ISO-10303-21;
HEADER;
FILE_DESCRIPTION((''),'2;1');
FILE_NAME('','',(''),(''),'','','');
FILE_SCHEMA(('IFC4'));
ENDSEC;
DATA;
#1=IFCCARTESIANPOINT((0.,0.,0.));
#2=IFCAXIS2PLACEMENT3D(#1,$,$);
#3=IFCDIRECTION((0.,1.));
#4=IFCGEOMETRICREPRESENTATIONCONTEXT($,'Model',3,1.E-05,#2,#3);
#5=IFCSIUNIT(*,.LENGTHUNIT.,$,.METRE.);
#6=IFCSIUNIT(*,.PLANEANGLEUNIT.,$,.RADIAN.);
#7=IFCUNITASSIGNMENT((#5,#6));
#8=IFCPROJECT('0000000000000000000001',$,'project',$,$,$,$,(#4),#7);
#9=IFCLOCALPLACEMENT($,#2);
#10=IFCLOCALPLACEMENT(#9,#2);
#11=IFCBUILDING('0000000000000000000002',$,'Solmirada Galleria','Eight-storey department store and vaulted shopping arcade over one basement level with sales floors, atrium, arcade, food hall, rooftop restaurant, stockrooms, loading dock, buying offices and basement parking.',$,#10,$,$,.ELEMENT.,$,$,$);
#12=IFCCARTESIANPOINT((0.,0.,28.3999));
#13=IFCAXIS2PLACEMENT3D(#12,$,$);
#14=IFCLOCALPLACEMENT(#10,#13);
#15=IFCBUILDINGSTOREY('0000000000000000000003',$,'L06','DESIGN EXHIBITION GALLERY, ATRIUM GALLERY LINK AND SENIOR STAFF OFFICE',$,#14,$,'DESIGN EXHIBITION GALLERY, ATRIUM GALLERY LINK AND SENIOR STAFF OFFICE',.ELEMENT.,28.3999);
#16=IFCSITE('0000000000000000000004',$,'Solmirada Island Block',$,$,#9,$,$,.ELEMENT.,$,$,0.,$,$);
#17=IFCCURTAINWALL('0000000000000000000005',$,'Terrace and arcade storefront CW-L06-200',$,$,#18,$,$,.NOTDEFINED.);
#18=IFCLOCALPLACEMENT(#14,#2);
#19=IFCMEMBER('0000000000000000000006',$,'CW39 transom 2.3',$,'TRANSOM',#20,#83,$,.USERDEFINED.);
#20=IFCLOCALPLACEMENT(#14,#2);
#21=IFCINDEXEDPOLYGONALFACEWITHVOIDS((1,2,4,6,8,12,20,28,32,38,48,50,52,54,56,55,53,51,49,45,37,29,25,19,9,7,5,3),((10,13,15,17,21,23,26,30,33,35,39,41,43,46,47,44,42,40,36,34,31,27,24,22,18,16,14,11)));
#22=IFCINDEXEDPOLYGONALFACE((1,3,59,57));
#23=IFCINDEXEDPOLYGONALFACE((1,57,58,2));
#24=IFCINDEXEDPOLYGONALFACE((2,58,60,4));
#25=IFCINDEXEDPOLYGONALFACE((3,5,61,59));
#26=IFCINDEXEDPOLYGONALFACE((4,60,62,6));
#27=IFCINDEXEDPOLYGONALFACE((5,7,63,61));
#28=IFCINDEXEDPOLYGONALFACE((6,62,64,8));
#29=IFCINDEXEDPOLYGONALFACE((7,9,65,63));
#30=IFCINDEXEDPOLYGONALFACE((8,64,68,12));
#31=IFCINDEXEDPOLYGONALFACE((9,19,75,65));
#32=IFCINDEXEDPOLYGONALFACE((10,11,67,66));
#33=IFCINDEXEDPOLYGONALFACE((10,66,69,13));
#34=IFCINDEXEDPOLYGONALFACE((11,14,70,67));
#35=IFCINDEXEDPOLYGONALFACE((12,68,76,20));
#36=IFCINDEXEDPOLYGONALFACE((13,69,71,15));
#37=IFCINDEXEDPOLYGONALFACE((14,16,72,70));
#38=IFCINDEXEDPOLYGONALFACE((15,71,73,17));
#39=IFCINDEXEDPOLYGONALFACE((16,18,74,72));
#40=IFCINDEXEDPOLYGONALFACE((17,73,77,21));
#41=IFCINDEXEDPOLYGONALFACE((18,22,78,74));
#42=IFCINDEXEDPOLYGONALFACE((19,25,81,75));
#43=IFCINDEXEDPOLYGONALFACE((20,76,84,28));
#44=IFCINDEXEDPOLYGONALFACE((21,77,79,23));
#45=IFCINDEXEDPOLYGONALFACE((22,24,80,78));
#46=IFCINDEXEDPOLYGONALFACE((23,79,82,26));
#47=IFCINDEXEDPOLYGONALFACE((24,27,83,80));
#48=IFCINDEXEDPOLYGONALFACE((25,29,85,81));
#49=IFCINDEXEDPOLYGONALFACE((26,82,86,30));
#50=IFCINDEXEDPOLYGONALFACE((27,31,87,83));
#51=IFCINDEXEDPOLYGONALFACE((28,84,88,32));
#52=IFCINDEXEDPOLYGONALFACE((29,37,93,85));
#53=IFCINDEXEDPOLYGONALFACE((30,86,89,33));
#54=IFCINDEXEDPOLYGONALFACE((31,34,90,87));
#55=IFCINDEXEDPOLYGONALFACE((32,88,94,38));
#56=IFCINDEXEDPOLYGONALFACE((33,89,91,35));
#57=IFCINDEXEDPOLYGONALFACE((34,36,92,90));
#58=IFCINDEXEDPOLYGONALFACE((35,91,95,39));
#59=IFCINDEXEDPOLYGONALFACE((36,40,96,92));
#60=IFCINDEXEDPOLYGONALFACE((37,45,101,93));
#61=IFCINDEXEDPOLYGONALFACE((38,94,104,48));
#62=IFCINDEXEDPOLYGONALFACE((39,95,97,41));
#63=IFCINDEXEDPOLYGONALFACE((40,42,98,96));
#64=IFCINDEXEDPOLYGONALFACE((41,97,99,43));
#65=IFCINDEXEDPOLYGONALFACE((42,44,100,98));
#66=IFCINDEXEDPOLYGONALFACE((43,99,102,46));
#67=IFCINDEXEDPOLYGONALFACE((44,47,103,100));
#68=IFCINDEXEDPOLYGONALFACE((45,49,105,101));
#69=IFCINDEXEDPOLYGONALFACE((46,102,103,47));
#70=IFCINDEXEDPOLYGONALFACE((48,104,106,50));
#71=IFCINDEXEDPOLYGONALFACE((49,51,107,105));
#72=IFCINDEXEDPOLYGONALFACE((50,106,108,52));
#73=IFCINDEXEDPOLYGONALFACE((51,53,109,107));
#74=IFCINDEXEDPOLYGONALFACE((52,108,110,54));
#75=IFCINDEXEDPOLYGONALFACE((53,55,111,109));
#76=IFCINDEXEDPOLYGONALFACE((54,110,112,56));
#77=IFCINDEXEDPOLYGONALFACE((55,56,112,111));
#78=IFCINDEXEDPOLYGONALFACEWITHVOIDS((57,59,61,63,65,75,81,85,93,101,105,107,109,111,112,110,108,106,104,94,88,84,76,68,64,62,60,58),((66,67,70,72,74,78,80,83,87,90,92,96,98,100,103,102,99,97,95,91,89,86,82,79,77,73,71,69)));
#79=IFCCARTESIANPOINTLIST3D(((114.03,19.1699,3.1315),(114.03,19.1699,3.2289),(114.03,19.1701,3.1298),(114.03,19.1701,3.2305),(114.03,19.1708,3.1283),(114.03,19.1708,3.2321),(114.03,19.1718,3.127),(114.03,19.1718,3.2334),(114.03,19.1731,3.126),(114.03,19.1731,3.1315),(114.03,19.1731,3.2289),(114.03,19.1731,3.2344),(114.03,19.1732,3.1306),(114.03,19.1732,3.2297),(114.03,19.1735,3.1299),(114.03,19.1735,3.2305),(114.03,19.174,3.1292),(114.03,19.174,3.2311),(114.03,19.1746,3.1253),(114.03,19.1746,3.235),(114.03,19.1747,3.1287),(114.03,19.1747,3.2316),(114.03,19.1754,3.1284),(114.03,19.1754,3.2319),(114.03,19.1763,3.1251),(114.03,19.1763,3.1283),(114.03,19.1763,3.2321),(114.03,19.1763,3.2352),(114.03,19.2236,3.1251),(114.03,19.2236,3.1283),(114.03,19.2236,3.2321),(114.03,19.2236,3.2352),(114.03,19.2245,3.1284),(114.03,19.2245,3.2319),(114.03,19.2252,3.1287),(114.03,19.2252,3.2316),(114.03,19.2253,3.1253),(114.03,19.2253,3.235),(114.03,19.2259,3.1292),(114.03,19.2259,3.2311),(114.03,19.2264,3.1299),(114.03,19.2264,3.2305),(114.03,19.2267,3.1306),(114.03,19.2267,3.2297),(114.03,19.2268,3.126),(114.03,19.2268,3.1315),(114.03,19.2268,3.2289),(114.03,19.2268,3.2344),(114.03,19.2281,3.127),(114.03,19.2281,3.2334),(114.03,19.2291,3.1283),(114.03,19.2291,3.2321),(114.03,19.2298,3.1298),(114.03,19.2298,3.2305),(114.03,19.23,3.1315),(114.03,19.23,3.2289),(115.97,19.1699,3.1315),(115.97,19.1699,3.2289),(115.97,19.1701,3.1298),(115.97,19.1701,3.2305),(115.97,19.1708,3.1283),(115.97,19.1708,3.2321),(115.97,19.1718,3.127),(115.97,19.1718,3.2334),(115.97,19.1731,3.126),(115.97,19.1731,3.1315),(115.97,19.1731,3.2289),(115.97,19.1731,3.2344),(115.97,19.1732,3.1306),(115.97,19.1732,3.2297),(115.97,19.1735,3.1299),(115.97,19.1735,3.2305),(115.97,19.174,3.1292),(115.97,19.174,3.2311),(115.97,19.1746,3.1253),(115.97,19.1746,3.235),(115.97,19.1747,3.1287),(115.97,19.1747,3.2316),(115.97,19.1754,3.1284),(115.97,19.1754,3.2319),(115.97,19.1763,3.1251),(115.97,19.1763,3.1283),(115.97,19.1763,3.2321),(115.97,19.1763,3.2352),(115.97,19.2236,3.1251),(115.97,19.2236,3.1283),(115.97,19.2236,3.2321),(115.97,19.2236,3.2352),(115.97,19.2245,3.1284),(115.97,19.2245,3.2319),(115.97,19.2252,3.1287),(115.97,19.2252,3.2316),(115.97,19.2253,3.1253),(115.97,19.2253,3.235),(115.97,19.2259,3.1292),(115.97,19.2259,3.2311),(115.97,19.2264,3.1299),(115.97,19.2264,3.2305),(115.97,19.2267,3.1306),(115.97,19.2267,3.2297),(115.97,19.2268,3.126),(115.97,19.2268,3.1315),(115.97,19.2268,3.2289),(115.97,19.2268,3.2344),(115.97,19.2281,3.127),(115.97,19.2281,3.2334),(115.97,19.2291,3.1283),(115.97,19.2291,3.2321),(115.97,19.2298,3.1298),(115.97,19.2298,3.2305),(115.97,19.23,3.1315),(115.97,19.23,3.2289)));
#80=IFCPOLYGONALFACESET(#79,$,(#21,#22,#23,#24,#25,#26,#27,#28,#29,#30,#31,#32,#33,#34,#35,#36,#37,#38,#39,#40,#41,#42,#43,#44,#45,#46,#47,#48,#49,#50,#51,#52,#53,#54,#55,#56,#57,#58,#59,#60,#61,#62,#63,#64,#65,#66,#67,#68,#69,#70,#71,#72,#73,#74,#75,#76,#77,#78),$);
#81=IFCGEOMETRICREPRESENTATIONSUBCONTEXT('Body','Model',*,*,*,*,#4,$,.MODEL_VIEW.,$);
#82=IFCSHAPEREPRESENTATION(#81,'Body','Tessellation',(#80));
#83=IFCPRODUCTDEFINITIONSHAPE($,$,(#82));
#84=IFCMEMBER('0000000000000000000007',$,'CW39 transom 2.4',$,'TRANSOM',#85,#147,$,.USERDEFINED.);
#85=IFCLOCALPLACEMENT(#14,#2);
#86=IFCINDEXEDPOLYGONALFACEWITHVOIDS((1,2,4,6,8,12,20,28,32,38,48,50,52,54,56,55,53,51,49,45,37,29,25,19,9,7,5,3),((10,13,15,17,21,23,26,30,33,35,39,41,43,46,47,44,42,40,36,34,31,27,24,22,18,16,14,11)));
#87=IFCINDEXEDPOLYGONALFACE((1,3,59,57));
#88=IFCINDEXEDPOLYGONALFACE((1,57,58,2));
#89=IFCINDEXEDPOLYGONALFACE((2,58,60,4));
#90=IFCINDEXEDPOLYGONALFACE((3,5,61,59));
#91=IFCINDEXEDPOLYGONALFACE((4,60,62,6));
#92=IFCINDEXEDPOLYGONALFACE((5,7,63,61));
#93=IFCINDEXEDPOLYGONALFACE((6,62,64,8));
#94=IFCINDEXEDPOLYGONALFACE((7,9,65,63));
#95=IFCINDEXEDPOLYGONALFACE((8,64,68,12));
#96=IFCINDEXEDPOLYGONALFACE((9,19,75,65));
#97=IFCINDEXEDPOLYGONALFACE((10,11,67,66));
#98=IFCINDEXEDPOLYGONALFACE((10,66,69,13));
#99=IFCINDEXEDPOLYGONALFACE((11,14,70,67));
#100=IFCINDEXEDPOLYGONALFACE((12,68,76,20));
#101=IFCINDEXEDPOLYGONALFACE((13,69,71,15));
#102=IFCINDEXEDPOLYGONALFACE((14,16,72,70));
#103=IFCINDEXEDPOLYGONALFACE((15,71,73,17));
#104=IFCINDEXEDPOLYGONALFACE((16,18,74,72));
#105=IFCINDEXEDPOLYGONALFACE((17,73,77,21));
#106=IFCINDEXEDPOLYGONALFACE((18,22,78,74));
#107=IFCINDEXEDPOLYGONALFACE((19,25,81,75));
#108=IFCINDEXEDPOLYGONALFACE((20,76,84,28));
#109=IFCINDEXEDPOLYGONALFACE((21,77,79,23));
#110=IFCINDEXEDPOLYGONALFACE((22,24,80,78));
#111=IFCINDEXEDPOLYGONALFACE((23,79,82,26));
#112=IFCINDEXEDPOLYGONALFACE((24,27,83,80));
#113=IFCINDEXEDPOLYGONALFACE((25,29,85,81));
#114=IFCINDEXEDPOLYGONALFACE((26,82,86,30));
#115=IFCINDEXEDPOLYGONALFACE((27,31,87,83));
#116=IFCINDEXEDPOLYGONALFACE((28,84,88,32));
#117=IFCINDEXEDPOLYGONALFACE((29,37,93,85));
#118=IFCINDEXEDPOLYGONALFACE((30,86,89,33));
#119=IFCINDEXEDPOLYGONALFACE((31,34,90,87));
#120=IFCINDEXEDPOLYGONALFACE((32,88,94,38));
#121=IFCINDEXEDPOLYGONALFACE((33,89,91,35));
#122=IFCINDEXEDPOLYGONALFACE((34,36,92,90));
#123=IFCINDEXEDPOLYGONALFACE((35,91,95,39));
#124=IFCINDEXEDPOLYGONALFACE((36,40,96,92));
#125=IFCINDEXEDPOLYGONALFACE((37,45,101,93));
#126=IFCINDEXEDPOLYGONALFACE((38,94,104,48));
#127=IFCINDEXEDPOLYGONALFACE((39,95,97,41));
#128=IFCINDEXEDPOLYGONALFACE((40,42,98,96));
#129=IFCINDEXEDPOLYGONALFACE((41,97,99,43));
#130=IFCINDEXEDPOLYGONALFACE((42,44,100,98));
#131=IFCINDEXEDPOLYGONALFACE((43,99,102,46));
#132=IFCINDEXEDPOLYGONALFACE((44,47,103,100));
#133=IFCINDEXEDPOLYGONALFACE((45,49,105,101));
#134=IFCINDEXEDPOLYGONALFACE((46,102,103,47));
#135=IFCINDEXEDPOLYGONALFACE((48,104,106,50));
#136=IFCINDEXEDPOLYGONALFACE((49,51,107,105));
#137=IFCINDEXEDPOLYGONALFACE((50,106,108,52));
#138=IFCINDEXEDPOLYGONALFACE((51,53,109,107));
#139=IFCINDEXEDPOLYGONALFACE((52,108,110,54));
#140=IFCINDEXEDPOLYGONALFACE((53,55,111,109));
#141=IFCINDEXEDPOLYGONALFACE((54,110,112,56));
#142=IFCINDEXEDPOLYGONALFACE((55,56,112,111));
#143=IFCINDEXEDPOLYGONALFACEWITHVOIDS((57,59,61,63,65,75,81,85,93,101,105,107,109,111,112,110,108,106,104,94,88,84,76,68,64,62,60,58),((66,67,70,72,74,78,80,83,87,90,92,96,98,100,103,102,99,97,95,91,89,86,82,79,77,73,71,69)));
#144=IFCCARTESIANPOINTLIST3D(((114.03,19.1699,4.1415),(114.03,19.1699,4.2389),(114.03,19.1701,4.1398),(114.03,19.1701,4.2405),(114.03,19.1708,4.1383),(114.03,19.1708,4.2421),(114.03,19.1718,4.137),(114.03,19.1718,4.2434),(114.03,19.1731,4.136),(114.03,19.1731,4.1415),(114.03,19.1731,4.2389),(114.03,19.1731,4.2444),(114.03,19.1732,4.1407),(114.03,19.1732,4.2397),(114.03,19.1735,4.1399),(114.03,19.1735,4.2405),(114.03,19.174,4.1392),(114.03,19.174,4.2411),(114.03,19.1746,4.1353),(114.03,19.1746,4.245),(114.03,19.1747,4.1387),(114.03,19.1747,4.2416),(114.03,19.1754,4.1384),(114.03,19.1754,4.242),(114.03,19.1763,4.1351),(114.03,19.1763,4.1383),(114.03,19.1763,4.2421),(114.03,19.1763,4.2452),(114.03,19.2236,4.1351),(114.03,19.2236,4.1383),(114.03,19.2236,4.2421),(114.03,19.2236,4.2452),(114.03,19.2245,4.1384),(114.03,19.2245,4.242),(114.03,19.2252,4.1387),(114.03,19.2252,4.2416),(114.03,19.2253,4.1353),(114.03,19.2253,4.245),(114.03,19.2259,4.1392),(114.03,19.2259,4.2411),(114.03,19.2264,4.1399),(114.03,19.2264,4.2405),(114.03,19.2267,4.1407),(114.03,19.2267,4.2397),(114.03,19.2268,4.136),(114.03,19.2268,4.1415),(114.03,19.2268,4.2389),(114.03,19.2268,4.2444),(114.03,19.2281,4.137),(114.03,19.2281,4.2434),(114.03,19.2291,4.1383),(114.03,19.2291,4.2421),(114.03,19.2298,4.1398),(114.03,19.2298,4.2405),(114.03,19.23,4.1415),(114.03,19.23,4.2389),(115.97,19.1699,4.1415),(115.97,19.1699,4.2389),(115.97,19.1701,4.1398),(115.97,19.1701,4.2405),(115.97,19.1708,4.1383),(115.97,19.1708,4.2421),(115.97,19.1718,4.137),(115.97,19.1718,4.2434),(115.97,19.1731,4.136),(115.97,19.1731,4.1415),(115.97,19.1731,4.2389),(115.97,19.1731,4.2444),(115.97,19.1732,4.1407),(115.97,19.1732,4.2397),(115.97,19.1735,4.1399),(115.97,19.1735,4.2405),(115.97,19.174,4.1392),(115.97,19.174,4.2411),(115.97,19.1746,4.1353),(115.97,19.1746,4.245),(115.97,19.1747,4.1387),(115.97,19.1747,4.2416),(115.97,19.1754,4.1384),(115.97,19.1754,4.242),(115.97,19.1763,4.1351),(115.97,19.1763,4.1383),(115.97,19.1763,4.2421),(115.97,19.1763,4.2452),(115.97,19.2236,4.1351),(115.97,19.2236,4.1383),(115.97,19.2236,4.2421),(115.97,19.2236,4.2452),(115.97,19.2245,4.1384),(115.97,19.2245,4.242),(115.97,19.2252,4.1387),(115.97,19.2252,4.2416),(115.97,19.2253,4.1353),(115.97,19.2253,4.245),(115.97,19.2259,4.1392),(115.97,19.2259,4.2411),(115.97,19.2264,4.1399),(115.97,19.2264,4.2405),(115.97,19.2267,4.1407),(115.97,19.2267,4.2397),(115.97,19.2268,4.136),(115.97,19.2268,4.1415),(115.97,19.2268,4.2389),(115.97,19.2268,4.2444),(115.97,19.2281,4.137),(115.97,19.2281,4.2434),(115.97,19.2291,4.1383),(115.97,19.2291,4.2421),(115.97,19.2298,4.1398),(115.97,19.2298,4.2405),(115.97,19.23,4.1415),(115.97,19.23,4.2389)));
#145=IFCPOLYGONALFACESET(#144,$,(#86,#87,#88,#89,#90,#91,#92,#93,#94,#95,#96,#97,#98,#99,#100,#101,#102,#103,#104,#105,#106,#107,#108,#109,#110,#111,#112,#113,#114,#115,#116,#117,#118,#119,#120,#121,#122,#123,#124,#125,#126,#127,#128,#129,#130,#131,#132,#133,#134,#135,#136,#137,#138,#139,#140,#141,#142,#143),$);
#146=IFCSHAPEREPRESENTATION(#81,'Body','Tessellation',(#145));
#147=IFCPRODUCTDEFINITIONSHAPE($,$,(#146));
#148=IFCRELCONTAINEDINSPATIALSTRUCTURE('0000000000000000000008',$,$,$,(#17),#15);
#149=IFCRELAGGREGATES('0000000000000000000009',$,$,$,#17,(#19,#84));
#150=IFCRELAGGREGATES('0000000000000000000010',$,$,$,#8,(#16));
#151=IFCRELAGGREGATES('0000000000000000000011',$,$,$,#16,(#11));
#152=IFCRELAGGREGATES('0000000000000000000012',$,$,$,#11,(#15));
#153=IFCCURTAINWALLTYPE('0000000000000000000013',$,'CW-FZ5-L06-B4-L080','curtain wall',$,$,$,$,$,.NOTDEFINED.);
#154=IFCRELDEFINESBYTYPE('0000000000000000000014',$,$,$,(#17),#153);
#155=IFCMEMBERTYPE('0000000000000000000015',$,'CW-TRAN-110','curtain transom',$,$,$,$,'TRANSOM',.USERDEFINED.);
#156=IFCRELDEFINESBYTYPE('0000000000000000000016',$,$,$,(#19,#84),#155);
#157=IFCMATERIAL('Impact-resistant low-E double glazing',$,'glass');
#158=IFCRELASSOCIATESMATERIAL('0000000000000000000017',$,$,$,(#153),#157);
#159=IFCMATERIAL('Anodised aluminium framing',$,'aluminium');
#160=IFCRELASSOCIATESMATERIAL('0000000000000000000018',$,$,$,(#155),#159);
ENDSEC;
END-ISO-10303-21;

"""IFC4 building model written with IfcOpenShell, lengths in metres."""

from ifc_helpers import new_model, si_unit, direction, frame, origin, origin_2d, place, context, subcontext, project, spatial, hollow_rectangle, extrude, material, material_profile, profile_set, type_object, element, aggregate, save


model = new_model("IFC4")

# Units and contexts
model_context = context("Model", 3, precision=1e-05, world=origin(), true_north=direction((0.0, 1.0)))
body_context = subcontext(model_context, "Body", "Model", "MODEL_VIEW")
ifc_project = project(units=[si_unit("LENGTHUNIT", "METRE"), si_unit("PLANEANGLEUNIT", "RADIAN")], contexts=[model_context])

# Site, building, storey
site_placement = place(None, origin())
site = spatial("IfcSite", under=ifc_project, at=site_placement, Name="Solmirada Island Block", CompositionType="ELEMENT", RefElevation=0.0)
building_placement = place(site_placement, origin())
building = spatial("IfcBuilding", under=site, at=building_placement, Name="Solmirada Galleria", Description="Eight-storey department store and vaulted shopping arcade over one basement level with sales floors, atrium, arcade, food hall, rooftop restaurant, stockrooms, loading dock, buying offices and basement parking.", CompositionType="ELEMENT")
storey_placement = place(building_placement, frame((0.0, 0.0, 28.3999)))
storey = spatial("IfcBuildingStorey", under=building, at=storey_placement, Name="L06", Description="DESIGN EXHIBITION GALLERY, ATRIUM GALLERY LINK AND SENIOR STAFF OFFICE", LongName="DESIGN EXHIBITION GALLERY, ATRIUM GALLERY LINK AND SENIOR STAFF OFFICE", CompositionType="ELEMENT", Elevation=28.3999)

# Curtain wall, members
ifc_material_1 = material(Name="Impact-resistant low-E double glazing", Category="glass")
curtain_wall_type = type_object("IfcCurtainWallType", Name="CW-FZ5-L06-B4-L080", Description="curtain wall", PredefinedType="NOTDEFINED", material=ifc_material_1)
curtain_wall_placement = place(storey_placement, origin())
curtain_wall = element("IfcCurtainWall", 1, at=curtain_wall_placement, inside=storey, type_object=curtain_wall_type, Name="Terrace and arcade storefront CW-L06-200", PredefinedType="NOTDEFINED")
ifc_material_2 = material(Name="Anodised aluminium framing", Category="aluminium")
ifc_material_profile_1 = material_profile(ifc_material_2, hollow_rectangle(XDim=0.0601, YDim=0.1101, WallThickness=0.0032, InnerFilletRadius=0.0032, OuterFilletRadius=0.0063, at=origin_2d()), Name="ALU-TRAN-110X60")
ifc_profile_set_1 = profile_set([ifc_material_profile_1], Name="Anodised aluminium framing")
member_type_1 = type_object("IfcMemberType", Name="CW-TRAN-110", Description="curtain transom", ElementType="TRANSOM", PredefinedType="USERDEFINED", material=ifc_profile_set_1)
member_1_placement = place(storey_placement, frame((114.03, 19.2, 3.1802), z_axis=(1.0, 0.0, 0.0), x_axis=(0.0, 1.0, 0.0)))
member_1 = element("IfcMember", 2, at=member_1_placement, type_object=member_type_1, Name="CW39 transom 2.3", ObjectType="TRANSOM", PredefinedType="USERDEFINED", context=body_context, shape_type="SweptSolid", body=[
    extrude(hollow_rectangle(XDim=0.0601, YDim=0.1101, WallThickness=0.0032, InnerFilletRadius=0.0032, OuterFilletRadius=0.0063, at=origin_2d()), origin(), (0.0, 0.0, 1.0), 1.9399),
])
member_2_placement = place(storey_placement, frame((114.03, 19.2, 4.1902), z_axis=(1.0, 0.0, 0.0), x_axis=(0.0, 1.0, 0.0)))
member_2 = element("IfcMember", 3, at=member_2_placement, type_object=member_type_1, Name="CW39 transom 2.4", ObjectType="TRANSOM", PredefinedType="USERDEFINED", context=body_context, shape_type="SweptSolid", body=[
    extrude(hollow_rectangle(XDim=0.0601, YDim=0.1101, WallThickness=0.0032, InnerFilletRadius=0.0032, OuterFilletRadius=0.0063, at=origin_2d()), origin(), (0.0, 0.0, 1.0), 1.9399),
])
aggregate(curtain_wall, [member_1, member_2])

save(model, "model.ifc")
